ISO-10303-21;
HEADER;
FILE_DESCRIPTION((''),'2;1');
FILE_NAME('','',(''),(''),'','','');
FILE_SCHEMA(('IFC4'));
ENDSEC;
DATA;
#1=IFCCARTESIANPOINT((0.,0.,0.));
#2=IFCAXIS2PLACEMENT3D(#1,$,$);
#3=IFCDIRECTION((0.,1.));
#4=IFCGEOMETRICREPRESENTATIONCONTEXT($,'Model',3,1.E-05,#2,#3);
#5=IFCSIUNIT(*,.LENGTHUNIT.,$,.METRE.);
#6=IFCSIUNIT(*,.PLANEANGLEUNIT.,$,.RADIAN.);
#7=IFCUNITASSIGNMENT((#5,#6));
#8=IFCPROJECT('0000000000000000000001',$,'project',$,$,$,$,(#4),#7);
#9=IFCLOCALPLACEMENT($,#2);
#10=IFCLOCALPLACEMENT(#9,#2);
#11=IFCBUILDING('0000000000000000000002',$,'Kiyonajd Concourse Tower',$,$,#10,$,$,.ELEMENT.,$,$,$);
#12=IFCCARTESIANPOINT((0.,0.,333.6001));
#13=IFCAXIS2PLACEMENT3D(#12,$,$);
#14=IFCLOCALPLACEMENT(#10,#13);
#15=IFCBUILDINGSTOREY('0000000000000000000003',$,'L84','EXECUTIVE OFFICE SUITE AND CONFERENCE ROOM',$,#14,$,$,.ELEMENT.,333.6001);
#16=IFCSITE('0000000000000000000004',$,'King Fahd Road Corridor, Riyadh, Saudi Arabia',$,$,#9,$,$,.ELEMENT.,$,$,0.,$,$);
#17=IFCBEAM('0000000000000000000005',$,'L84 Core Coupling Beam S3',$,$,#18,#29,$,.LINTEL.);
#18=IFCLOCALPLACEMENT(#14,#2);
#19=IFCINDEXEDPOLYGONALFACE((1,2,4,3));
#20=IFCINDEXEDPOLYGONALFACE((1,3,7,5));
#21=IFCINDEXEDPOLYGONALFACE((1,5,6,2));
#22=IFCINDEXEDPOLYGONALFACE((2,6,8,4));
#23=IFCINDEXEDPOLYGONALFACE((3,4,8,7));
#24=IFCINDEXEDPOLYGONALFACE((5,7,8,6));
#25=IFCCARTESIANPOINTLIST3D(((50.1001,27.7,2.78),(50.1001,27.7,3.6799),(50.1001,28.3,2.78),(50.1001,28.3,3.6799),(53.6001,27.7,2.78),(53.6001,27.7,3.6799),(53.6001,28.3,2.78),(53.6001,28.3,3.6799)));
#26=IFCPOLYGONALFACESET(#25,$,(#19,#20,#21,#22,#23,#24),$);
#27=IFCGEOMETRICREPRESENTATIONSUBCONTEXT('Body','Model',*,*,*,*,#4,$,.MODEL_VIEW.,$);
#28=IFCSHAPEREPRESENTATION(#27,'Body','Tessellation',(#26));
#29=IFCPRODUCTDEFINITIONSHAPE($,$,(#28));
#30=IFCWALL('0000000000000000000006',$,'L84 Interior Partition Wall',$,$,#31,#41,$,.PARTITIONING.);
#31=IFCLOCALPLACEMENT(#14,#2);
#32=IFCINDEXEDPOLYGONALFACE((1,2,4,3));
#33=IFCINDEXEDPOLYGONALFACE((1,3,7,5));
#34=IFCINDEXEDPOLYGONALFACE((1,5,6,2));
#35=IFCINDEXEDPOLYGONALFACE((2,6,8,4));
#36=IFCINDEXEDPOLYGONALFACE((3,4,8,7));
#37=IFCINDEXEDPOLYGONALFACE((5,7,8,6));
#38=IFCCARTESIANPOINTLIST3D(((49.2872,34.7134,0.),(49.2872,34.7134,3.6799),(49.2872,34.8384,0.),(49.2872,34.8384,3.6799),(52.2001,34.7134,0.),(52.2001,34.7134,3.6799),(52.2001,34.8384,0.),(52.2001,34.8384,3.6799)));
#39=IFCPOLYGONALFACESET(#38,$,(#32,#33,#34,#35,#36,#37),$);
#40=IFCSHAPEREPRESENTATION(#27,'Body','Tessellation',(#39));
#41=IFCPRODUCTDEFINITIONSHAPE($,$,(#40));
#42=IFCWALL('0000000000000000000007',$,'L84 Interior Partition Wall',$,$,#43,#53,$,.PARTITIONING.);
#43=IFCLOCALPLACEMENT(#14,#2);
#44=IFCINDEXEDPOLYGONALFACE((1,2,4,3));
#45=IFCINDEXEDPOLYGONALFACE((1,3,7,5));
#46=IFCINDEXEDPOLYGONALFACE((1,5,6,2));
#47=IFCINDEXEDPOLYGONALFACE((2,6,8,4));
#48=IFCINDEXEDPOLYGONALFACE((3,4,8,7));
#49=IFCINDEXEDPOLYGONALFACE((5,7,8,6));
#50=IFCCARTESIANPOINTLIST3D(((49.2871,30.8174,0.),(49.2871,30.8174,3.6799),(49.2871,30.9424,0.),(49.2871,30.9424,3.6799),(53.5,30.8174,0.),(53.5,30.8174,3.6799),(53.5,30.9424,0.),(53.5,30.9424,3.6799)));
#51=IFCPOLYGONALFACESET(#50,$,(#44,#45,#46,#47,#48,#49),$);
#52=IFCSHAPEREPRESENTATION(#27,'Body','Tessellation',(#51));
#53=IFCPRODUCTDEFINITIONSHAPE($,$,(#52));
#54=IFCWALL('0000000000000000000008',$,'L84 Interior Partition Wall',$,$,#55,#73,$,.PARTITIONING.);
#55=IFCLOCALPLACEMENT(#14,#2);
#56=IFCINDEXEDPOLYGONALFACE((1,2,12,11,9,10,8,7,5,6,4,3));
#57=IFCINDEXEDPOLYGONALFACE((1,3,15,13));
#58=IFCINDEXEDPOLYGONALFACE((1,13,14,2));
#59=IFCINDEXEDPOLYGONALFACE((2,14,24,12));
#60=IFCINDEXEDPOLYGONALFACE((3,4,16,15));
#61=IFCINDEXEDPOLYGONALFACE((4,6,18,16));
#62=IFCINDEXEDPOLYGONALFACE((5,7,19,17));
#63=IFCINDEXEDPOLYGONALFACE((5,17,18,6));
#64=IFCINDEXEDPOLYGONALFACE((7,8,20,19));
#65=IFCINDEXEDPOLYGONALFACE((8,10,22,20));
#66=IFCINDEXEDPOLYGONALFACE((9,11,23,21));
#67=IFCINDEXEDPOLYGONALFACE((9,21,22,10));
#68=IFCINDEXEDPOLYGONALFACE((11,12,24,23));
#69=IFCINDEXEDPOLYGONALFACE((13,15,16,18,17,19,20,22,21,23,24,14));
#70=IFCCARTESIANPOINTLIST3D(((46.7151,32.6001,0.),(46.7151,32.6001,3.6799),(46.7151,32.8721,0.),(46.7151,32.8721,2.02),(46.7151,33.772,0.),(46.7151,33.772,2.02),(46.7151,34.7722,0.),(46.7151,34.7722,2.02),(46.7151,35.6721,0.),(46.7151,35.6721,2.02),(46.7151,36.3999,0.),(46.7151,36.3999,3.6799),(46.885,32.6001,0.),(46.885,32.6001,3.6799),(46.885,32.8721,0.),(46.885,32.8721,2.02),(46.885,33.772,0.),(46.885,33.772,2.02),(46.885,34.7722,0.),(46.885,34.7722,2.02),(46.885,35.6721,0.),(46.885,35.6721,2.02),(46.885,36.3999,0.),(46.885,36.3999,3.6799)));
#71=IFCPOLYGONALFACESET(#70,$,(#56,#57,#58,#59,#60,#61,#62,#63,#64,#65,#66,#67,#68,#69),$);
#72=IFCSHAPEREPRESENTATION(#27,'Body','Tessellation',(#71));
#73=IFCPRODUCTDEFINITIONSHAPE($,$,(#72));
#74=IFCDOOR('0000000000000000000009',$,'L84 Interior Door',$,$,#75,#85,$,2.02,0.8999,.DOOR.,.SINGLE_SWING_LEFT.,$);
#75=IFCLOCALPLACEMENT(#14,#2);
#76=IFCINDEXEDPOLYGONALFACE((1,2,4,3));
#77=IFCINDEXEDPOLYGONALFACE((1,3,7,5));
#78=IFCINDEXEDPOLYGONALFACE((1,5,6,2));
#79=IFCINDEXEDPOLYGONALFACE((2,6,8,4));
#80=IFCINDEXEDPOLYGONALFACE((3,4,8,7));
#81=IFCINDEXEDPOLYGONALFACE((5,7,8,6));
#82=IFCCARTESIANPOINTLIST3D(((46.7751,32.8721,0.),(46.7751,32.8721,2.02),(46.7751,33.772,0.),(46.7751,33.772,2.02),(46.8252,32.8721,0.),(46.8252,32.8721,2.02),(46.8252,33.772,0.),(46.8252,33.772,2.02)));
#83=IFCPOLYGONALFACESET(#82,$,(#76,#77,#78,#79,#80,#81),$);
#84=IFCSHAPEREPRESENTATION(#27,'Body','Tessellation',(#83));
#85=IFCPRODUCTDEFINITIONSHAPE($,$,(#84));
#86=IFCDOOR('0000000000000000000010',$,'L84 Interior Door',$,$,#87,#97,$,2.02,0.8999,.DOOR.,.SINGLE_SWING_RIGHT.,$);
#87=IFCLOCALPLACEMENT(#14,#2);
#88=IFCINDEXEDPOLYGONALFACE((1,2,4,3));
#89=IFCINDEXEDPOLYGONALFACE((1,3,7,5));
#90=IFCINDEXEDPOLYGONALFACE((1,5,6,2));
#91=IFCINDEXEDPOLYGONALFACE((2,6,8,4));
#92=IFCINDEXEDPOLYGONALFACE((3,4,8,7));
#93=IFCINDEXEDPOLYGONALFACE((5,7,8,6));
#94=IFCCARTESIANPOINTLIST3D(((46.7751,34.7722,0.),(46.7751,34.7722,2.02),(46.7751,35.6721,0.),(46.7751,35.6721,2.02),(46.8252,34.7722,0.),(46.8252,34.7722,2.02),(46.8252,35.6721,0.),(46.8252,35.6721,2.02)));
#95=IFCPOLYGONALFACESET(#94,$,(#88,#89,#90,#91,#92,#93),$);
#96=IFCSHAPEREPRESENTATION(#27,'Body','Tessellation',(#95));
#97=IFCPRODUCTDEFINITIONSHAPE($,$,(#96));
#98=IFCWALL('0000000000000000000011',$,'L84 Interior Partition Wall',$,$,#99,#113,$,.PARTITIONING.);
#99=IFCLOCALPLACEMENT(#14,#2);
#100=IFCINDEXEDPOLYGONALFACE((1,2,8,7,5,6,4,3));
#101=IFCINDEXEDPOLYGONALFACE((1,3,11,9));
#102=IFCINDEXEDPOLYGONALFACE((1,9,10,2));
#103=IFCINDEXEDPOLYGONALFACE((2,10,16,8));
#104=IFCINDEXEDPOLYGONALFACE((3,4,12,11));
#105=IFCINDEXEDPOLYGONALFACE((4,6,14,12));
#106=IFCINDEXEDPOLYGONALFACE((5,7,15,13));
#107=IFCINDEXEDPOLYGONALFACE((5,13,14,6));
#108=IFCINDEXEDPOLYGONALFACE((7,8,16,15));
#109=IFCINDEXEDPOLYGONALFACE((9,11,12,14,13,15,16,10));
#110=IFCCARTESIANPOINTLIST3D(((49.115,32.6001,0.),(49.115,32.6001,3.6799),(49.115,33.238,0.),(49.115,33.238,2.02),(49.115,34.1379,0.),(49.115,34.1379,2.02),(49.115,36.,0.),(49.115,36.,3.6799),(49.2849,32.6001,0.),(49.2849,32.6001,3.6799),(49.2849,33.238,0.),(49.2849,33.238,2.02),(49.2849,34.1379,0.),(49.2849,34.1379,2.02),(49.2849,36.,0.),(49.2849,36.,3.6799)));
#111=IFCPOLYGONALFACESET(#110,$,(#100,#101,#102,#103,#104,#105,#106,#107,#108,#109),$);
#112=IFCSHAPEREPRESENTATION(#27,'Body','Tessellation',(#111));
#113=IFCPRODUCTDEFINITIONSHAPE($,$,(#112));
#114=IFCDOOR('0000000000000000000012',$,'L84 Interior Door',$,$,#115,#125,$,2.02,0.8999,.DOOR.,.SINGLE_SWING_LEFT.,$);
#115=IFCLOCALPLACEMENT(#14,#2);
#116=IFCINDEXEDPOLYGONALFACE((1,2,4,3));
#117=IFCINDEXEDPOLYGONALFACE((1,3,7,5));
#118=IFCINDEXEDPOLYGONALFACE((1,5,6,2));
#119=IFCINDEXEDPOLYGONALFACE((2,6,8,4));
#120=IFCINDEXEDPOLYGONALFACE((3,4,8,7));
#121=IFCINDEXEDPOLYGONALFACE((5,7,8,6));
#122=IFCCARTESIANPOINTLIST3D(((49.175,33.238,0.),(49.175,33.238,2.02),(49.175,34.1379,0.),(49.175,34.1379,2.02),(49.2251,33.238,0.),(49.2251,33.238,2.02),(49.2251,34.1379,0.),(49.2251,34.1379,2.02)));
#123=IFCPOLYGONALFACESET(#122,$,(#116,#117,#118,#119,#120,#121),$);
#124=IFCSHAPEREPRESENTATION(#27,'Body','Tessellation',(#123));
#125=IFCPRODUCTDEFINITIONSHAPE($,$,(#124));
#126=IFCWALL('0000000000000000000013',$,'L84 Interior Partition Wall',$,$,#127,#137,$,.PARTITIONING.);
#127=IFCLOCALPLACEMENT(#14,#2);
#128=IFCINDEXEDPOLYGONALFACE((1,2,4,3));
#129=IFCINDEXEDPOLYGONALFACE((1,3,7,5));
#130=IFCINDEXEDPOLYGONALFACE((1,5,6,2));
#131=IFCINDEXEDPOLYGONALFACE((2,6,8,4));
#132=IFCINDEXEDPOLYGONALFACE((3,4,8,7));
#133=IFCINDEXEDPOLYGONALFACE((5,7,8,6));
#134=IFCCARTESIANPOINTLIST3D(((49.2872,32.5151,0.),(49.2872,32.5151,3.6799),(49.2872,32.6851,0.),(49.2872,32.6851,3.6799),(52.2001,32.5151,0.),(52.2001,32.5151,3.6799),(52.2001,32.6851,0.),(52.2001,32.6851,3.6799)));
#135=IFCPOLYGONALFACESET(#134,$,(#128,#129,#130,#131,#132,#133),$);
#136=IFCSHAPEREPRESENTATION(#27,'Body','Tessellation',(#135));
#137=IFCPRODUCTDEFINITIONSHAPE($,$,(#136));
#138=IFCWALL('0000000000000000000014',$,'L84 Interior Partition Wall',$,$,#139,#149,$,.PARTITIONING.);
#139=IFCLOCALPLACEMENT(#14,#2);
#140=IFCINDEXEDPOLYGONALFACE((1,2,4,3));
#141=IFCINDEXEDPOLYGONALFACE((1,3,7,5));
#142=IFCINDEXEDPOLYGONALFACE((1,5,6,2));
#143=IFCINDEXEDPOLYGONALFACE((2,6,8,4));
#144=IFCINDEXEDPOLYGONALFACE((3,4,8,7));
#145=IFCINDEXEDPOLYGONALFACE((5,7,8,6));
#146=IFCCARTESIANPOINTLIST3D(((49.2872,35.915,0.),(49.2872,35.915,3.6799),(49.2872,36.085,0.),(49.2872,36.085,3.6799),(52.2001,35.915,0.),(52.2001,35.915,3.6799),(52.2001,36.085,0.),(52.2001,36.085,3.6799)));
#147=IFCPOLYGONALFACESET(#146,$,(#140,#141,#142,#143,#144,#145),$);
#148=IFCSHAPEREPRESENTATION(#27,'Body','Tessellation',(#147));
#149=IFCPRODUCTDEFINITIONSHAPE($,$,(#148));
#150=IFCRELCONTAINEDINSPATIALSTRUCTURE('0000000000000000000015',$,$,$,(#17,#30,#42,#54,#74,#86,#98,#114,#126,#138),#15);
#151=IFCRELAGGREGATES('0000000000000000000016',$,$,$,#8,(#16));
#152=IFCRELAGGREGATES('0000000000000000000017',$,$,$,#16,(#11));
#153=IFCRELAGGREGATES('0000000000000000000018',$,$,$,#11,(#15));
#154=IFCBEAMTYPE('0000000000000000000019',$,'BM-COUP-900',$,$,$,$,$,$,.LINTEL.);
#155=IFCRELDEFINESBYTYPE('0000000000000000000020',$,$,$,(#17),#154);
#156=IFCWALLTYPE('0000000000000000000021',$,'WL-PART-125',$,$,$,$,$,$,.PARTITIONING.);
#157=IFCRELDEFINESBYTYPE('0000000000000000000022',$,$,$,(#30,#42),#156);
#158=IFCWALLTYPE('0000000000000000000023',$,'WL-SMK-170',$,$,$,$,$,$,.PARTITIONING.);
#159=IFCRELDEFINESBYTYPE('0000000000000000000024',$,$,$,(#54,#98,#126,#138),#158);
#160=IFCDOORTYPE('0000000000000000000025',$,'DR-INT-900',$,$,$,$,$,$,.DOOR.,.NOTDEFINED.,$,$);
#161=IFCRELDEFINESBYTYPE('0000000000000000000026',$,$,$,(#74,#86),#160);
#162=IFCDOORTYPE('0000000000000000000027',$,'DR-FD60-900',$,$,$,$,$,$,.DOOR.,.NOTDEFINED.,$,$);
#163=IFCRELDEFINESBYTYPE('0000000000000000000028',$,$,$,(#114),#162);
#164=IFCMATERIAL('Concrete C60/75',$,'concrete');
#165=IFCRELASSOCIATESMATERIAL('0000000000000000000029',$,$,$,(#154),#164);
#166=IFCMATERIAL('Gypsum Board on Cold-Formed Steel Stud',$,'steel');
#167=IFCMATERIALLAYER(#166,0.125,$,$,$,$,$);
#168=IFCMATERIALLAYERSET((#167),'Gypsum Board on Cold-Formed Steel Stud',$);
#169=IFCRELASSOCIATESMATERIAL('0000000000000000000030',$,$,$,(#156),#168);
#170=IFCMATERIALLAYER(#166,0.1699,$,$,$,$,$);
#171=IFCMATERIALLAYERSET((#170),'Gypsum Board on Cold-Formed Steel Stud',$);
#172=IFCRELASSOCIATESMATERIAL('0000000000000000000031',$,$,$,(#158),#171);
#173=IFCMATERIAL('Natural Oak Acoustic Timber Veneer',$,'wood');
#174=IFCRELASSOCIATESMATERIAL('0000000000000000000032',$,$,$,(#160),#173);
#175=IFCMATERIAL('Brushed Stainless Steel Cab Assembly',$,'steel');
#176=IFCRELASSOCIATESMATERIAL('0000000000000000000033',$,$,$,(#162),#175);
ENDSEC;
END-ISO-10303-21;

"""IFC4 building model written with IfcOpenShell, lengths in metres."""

from ifc_helpers import new_model, si_unit, direction, frame, frame_2d, origin, origin_2d, place, context, subcontext, project, spatial, rectangle, extrude, material, layer, layer_set, material_profile, profile_set, type_object, element, fill, save


model = new_model("IFC4")

# Units and contexts
model_context = context("Model", 3, precision=1e-05, world=origin(), true_north=direction((0.0, 1.0)))
body_context = subcontext(model_context, "Body", "Model", "MODEL_VIEW")
ifc_project = project(units=[si_unit("LENGTHUNIT", "METRE"), si_unit("PLANEANGLEUNIT", "RADIAN")], contexts=[model_context])

# Site, building, storey
site_placement = place(None, origin())
site = spatial("IfcSite", under=ifc_project, at=site_placement, Name="King Fahd Road Corridor, Riyadh, Saudi Arabia", CompositionType="ELEMENT", RefElevation=0.0)
building_placement = place(site_placement, origin())
building = spatial("IfcBuilding", under=site, at=building_placement, Name="Kiyonajd Concourse Tower", CompositionType="ELEMENT")
storey_placement = place(building_placement, frame((0.0, 0.0, 333.6001)))
storey = spatial("IfcBuildingStorey", under=building, at=storey_placement, Name="L84", Description="EXECUTIVE OFFICE SUITE AND CONFERENCE ROOM", CompositionType="ELEMENT", Elevation=333.6001)

# Beam
ifc_material_1 = material(Name="Concrete C60/75", Category="concrete")
ifc_material_profile = material_profile(ifc_material_1, rectangle(XDim=0.6001, YDim=0.8999, at=origin_2d()), Name="RCBM-600x900")
ifc_profile_set = profile_set([ifc_material_profile], Name="Concrete C60/75")
beam_type = type_object("IfcBeamType", Name="BM-COUP-900", PredefinedType="LINTEL", material=ifc_profile_set)
beam_placement = place(storey_placement, frame((50.1001, 28.0, 3.23), z_axis=(1.0, 0.0, 0.0), x_axis=(0.0, 1.0, 0.0)))
element("IfcBeam", 1, at=beam_placement, inside=storey, type_object=beam_type, Name="L84 Core Coupling Beam S3", PredefinedType="LINTEL", context=body_context, shape_type="SweptSolid", body=[
    extrude(rectangle(XDim=0.6001, YDim=0.8999, at=origin_2d()), origin(), (0.0, 0.0, 1.0), 3.5),
])

# Walls
ifc_material_2 = material(Name="Gypsum Board on Cold-Formed Steel Stud", Category="steel")
ifc_layer_1 = layer(ifc_material_2, 0.125)
ifc_layer_set_1 = layer_set([ifc_layer_1], Name="Gypsum Board on Cold-Formed Steel Stud")
wall_type_1 = type_object("IfcWallType", Name="WL-PART-125", PredefinedType="PARTITIONING", material=ifc_layer_set_1)
wall_1_placement = place(storey_placement, frame((49.2871, 34.7759, 0.0), z_axis=(0.0, 0.0, 1.0), x_axis=(1.0, 0.0, 0.0)))
element("IfcWall", 2, at=wall_1_placement, inside=storey, type_object=wall_type_1, Name="L84 Interior Partition Wall", PredefinedType="PARTITIONING", context=body_context, shape_type="SweptSolid", body=[
    extrude(rectangle(XDim=2.9128, YDim=0.125, at=frame_2d((1.4565, 0.0))), origin(), (0.0, 0.0, 1.0), 3.6799),
])
wall_2_placement = place(storey_placement, frame((49.2871, 30.8799, 0.0), z_axis=(0.0, 0.0, 1.0), x_axis=(1.0, 0.0, 0.0)))
element("IfcWall", 3, at=wall_2_placement, inside=storey, type_object=wall_type_1, Name="L84 Interior Partition Wall", PredefinedType="PARTITIONING", context=body_context, shape_type="SweptSolid", body=[
    extrude(rectangle(XDim=4.2129, YDim=0.125, at=frame_2d((2.1064, 0.0))), origin(), (0.0, 0.0, 1.0), 3.6799),
])

# Wall, openings, doors
ifc_layer_2 = layer(ifc_material_2, 0.1699)
ifc_layer_set_2 = layer_set([ifc_layer_2], Name="Gypsum Board on Cold-Formed Steel Stud")
wall_type_2 = type_object("IfcWallType", Name="WL-SMK-170", PredefinedType="PARTITIONING", material=ifc_layer_set_2)
wall_3_placement = place(storey_placement, frame((46.8, 32.6001, 0.0), z_axis=(0.0, 0.0, 1.0), x_axis=(0.0, 1.0, 0.0)))
wall_3 = element("IfcWall", 4, at=wall_3_placement, inside=storey, type_object=wall_type_2, Name="L84 Interior Partition Wall", PredefinedType="PARTITIONING", context=body_context, shape_type="SweptSolid", body=[
    extrude(rectangle(XDim=3.7998, YDim=0.1699, at=frame_2d((1.8999, 0.0))), origin(), (0.0, 0.0, 1.0), 3.6799),
])
opening_1_placement = place(wall_3_placement, frame((0.272, 0.0, 0.0)))
opening_1 = element("IfcOpeningElement", 5, at=opening_1_placement, cuts=wall_3, PredefinedType="OPENING", context=body_context, shape_type="SweptSolid", body=[
    extrude(rectangle(XDim=0.8999, YDim=2.02, at=frame_2d((0.45, 1.01))), frame((0.0, 0.095, 0.0), z_axis=(0.0, -1.0, 0.0), x_axis=(1.0, 0.0, 0.0)), (0.0, 0.0, 1.0), 0.1899),
])
opening_2_placement = place(wall_3_placement, frame((2.1721, 0.0, 0.0)))
opening_2 = element("IfcOpeningElement", 6, at=opening_2_placement, cuts=wall_3, PredefinedType="OPENING", context=body_context, shape_type="SweptSolid", body=[
    extrude(rectangle(XDim=0.8999, YDim=2.02, at=frame_2d((0.45, 1.01))), frame((0.0, 0.095, 0.0), z_axis=(0.0, -1.0, 0.0), x_axis=(1.0, 0.0, 0.0)), (0.0, 0.0, 1.0), 0.1899),
])
ifc_material_3 = material(Name="Natural Oak Acoustic Timber Veneer", Category="wood")
door_type_1 = type_object("IfcDoorType", Name="DR-INT-900", OperationType="NOTDEFINED", PredefinedType="DOOR", material=ifc_material_3)
door_1_placement = place(opening_1_placement, origin())
door_1 = element("IfcDoor", 7, at=door_1_placement, inside=storey, type_object=door_type_1, Name="L84 Interior Door", OperationType="SINGLE_SWING_LEFT", OverallHeight=2.02, OverallWidth=0.8999, PredefinedType="DOOR", context=body_context, shape_type="SweptSolid", body=[
    extrude(rectangle(XDim=0.8999, YDim=2.02, at=frame_2d((0.45, 1.01))), frame((0.0, 0.0249, 0.0), z_axis=(0.0, -1.0, 0.0), x_axis=(1.0, 0.0, 0.0)), (0.0, 0.0, 1.0), 0.05),
])
fill(opening_1, door_1)
door_2_placement = place(opening_2_placement, origin())
door_2 = element("IfcDoor", 8, at=door_2_placement, inside=storey, type_object=door_type_1, Name="L84 Interior Door", OperationType="SINGLE_SWING_RIGHT", OverallHeight=2.02, OverallWidth=0.8999, PredefinedType="DOOR", context=body_context, shape_type="SweptSolid", body=[
    extrude(rectangle(XDim=0.8999, YDim=2.02, at=frame_2d((0.45, 1.01))), frame((0.0, 0.0249, 0.0), z_axis=(0.0, -1.0, 0.0), x_axis=(1.0, 0.0, 0.0)), (0.0, 0.0, 1.0), 0.05),
])
fill(opening_2, door_2)

# Wall, opening, door
wall_4_placement = place(storey_placement, frame((49.2, 32.6001, 0.0), z_axis=(0.0, 0.0, 1.0), x_axis=(0.0, 1.0, 0.0)))
wall_4 = element("IfcWall", 9, at=wall_4_placement, inside=storey, type_object=wall_type_2, Name="L84 Interior Partition Wall", PredefinedType="PARTITIONING", context=body_context, shape_type="SweptSolid", body=[
    extrude(rectangle(XDim=3.3999, YDim=0.1699, at=frame_2d((1.7, 0.0))), origin(), (0.0, 0.0, 1.0), 3.6799),
])
opening_3_placement = place(wall_4_placement, frame((0.6379, 0.0, 0.0)))
opening_3 = element("IfcOpeningElement", 10, at=opening_3_placement, cuts=wall_4, PredefinedType="OPENING", context=body_context, shape_type="SweptSolid", body=[
    extrude(rectangle(XDim=0.8999, YDim=2.02, at=frame_2d((0.45, 1.01))), frame((0.0, 0.095, 0.0), z_axis=(0.0, -1.0, 0.0), x_axis=(1.0, 0.0, 0.0)), (0.0, 0.0, 1.0), 0.1899),
])
ifc_material_4 = material(Name="Brushed Stainless Steel Cab Assembly", Category="steel")
door_type_2 = type_object("IfcDoorType", Name="DR-FD60-900", OperationType="NOTDEFINED", PredefinedType="DOOR", material=ifc_material_4)
door_3_placement = place(opening_3_placement, origin())
door_3 = element("IfcDoor", 11, at=door_3_placement, inside=storey, type_object=door_type_2, Name="L84 Interior Door", OperationType="SINGLE_SWING_LEFT", OverallHeight=2.02, OverallWidth=0.8999, PredefinedType="DOOR", context=body_context, shape_type="SweptSolid", body=[
    extrude(rectangle(XDim=0.8999, YDim=2.02, at=frame_2d((0.45, 1.01))), frame((0.0, 0.0249, 0.0), z_axis=(0.0, -1.0, 0.0), x_axis=(1.0, 0.0, 0.0)), (0.0, 0.0, 1.0), 0.05),
])
fill(opening_3, door_3)

# Walls
for number, where, z_axis, x_axis, name in (
    (12, (49.2871, 32.6001, 0.0), (0.0, 0.0, 1.0), (1.0, 0.0, 0.0), "L84 Interior Partition Wall"),
    (13, (49.2871, 36.0, 0.0), (0.0, 0.0, 1.0), (1.0, 0.0, 0.0), "L84 Interior Partition Wall"),
):
    element("IfcWall", number, at=place(storey_placement, frame(where, z_axis=z_axis, x_axis=x_axis)), inside=storey, type_object=wall_type_2, Name=name, PredefinedType="PARTITIONING", context=body_context, shape_type="SweptSolid", body=[
        extrude(rectangle(XDim=2.9128, YDim=0.1699, at=frame_2d((1.4565, 0.0))), origin(), (0.0, 0.0, 1.0), 3.6799),
    ])

save(model, "model.ifc")
